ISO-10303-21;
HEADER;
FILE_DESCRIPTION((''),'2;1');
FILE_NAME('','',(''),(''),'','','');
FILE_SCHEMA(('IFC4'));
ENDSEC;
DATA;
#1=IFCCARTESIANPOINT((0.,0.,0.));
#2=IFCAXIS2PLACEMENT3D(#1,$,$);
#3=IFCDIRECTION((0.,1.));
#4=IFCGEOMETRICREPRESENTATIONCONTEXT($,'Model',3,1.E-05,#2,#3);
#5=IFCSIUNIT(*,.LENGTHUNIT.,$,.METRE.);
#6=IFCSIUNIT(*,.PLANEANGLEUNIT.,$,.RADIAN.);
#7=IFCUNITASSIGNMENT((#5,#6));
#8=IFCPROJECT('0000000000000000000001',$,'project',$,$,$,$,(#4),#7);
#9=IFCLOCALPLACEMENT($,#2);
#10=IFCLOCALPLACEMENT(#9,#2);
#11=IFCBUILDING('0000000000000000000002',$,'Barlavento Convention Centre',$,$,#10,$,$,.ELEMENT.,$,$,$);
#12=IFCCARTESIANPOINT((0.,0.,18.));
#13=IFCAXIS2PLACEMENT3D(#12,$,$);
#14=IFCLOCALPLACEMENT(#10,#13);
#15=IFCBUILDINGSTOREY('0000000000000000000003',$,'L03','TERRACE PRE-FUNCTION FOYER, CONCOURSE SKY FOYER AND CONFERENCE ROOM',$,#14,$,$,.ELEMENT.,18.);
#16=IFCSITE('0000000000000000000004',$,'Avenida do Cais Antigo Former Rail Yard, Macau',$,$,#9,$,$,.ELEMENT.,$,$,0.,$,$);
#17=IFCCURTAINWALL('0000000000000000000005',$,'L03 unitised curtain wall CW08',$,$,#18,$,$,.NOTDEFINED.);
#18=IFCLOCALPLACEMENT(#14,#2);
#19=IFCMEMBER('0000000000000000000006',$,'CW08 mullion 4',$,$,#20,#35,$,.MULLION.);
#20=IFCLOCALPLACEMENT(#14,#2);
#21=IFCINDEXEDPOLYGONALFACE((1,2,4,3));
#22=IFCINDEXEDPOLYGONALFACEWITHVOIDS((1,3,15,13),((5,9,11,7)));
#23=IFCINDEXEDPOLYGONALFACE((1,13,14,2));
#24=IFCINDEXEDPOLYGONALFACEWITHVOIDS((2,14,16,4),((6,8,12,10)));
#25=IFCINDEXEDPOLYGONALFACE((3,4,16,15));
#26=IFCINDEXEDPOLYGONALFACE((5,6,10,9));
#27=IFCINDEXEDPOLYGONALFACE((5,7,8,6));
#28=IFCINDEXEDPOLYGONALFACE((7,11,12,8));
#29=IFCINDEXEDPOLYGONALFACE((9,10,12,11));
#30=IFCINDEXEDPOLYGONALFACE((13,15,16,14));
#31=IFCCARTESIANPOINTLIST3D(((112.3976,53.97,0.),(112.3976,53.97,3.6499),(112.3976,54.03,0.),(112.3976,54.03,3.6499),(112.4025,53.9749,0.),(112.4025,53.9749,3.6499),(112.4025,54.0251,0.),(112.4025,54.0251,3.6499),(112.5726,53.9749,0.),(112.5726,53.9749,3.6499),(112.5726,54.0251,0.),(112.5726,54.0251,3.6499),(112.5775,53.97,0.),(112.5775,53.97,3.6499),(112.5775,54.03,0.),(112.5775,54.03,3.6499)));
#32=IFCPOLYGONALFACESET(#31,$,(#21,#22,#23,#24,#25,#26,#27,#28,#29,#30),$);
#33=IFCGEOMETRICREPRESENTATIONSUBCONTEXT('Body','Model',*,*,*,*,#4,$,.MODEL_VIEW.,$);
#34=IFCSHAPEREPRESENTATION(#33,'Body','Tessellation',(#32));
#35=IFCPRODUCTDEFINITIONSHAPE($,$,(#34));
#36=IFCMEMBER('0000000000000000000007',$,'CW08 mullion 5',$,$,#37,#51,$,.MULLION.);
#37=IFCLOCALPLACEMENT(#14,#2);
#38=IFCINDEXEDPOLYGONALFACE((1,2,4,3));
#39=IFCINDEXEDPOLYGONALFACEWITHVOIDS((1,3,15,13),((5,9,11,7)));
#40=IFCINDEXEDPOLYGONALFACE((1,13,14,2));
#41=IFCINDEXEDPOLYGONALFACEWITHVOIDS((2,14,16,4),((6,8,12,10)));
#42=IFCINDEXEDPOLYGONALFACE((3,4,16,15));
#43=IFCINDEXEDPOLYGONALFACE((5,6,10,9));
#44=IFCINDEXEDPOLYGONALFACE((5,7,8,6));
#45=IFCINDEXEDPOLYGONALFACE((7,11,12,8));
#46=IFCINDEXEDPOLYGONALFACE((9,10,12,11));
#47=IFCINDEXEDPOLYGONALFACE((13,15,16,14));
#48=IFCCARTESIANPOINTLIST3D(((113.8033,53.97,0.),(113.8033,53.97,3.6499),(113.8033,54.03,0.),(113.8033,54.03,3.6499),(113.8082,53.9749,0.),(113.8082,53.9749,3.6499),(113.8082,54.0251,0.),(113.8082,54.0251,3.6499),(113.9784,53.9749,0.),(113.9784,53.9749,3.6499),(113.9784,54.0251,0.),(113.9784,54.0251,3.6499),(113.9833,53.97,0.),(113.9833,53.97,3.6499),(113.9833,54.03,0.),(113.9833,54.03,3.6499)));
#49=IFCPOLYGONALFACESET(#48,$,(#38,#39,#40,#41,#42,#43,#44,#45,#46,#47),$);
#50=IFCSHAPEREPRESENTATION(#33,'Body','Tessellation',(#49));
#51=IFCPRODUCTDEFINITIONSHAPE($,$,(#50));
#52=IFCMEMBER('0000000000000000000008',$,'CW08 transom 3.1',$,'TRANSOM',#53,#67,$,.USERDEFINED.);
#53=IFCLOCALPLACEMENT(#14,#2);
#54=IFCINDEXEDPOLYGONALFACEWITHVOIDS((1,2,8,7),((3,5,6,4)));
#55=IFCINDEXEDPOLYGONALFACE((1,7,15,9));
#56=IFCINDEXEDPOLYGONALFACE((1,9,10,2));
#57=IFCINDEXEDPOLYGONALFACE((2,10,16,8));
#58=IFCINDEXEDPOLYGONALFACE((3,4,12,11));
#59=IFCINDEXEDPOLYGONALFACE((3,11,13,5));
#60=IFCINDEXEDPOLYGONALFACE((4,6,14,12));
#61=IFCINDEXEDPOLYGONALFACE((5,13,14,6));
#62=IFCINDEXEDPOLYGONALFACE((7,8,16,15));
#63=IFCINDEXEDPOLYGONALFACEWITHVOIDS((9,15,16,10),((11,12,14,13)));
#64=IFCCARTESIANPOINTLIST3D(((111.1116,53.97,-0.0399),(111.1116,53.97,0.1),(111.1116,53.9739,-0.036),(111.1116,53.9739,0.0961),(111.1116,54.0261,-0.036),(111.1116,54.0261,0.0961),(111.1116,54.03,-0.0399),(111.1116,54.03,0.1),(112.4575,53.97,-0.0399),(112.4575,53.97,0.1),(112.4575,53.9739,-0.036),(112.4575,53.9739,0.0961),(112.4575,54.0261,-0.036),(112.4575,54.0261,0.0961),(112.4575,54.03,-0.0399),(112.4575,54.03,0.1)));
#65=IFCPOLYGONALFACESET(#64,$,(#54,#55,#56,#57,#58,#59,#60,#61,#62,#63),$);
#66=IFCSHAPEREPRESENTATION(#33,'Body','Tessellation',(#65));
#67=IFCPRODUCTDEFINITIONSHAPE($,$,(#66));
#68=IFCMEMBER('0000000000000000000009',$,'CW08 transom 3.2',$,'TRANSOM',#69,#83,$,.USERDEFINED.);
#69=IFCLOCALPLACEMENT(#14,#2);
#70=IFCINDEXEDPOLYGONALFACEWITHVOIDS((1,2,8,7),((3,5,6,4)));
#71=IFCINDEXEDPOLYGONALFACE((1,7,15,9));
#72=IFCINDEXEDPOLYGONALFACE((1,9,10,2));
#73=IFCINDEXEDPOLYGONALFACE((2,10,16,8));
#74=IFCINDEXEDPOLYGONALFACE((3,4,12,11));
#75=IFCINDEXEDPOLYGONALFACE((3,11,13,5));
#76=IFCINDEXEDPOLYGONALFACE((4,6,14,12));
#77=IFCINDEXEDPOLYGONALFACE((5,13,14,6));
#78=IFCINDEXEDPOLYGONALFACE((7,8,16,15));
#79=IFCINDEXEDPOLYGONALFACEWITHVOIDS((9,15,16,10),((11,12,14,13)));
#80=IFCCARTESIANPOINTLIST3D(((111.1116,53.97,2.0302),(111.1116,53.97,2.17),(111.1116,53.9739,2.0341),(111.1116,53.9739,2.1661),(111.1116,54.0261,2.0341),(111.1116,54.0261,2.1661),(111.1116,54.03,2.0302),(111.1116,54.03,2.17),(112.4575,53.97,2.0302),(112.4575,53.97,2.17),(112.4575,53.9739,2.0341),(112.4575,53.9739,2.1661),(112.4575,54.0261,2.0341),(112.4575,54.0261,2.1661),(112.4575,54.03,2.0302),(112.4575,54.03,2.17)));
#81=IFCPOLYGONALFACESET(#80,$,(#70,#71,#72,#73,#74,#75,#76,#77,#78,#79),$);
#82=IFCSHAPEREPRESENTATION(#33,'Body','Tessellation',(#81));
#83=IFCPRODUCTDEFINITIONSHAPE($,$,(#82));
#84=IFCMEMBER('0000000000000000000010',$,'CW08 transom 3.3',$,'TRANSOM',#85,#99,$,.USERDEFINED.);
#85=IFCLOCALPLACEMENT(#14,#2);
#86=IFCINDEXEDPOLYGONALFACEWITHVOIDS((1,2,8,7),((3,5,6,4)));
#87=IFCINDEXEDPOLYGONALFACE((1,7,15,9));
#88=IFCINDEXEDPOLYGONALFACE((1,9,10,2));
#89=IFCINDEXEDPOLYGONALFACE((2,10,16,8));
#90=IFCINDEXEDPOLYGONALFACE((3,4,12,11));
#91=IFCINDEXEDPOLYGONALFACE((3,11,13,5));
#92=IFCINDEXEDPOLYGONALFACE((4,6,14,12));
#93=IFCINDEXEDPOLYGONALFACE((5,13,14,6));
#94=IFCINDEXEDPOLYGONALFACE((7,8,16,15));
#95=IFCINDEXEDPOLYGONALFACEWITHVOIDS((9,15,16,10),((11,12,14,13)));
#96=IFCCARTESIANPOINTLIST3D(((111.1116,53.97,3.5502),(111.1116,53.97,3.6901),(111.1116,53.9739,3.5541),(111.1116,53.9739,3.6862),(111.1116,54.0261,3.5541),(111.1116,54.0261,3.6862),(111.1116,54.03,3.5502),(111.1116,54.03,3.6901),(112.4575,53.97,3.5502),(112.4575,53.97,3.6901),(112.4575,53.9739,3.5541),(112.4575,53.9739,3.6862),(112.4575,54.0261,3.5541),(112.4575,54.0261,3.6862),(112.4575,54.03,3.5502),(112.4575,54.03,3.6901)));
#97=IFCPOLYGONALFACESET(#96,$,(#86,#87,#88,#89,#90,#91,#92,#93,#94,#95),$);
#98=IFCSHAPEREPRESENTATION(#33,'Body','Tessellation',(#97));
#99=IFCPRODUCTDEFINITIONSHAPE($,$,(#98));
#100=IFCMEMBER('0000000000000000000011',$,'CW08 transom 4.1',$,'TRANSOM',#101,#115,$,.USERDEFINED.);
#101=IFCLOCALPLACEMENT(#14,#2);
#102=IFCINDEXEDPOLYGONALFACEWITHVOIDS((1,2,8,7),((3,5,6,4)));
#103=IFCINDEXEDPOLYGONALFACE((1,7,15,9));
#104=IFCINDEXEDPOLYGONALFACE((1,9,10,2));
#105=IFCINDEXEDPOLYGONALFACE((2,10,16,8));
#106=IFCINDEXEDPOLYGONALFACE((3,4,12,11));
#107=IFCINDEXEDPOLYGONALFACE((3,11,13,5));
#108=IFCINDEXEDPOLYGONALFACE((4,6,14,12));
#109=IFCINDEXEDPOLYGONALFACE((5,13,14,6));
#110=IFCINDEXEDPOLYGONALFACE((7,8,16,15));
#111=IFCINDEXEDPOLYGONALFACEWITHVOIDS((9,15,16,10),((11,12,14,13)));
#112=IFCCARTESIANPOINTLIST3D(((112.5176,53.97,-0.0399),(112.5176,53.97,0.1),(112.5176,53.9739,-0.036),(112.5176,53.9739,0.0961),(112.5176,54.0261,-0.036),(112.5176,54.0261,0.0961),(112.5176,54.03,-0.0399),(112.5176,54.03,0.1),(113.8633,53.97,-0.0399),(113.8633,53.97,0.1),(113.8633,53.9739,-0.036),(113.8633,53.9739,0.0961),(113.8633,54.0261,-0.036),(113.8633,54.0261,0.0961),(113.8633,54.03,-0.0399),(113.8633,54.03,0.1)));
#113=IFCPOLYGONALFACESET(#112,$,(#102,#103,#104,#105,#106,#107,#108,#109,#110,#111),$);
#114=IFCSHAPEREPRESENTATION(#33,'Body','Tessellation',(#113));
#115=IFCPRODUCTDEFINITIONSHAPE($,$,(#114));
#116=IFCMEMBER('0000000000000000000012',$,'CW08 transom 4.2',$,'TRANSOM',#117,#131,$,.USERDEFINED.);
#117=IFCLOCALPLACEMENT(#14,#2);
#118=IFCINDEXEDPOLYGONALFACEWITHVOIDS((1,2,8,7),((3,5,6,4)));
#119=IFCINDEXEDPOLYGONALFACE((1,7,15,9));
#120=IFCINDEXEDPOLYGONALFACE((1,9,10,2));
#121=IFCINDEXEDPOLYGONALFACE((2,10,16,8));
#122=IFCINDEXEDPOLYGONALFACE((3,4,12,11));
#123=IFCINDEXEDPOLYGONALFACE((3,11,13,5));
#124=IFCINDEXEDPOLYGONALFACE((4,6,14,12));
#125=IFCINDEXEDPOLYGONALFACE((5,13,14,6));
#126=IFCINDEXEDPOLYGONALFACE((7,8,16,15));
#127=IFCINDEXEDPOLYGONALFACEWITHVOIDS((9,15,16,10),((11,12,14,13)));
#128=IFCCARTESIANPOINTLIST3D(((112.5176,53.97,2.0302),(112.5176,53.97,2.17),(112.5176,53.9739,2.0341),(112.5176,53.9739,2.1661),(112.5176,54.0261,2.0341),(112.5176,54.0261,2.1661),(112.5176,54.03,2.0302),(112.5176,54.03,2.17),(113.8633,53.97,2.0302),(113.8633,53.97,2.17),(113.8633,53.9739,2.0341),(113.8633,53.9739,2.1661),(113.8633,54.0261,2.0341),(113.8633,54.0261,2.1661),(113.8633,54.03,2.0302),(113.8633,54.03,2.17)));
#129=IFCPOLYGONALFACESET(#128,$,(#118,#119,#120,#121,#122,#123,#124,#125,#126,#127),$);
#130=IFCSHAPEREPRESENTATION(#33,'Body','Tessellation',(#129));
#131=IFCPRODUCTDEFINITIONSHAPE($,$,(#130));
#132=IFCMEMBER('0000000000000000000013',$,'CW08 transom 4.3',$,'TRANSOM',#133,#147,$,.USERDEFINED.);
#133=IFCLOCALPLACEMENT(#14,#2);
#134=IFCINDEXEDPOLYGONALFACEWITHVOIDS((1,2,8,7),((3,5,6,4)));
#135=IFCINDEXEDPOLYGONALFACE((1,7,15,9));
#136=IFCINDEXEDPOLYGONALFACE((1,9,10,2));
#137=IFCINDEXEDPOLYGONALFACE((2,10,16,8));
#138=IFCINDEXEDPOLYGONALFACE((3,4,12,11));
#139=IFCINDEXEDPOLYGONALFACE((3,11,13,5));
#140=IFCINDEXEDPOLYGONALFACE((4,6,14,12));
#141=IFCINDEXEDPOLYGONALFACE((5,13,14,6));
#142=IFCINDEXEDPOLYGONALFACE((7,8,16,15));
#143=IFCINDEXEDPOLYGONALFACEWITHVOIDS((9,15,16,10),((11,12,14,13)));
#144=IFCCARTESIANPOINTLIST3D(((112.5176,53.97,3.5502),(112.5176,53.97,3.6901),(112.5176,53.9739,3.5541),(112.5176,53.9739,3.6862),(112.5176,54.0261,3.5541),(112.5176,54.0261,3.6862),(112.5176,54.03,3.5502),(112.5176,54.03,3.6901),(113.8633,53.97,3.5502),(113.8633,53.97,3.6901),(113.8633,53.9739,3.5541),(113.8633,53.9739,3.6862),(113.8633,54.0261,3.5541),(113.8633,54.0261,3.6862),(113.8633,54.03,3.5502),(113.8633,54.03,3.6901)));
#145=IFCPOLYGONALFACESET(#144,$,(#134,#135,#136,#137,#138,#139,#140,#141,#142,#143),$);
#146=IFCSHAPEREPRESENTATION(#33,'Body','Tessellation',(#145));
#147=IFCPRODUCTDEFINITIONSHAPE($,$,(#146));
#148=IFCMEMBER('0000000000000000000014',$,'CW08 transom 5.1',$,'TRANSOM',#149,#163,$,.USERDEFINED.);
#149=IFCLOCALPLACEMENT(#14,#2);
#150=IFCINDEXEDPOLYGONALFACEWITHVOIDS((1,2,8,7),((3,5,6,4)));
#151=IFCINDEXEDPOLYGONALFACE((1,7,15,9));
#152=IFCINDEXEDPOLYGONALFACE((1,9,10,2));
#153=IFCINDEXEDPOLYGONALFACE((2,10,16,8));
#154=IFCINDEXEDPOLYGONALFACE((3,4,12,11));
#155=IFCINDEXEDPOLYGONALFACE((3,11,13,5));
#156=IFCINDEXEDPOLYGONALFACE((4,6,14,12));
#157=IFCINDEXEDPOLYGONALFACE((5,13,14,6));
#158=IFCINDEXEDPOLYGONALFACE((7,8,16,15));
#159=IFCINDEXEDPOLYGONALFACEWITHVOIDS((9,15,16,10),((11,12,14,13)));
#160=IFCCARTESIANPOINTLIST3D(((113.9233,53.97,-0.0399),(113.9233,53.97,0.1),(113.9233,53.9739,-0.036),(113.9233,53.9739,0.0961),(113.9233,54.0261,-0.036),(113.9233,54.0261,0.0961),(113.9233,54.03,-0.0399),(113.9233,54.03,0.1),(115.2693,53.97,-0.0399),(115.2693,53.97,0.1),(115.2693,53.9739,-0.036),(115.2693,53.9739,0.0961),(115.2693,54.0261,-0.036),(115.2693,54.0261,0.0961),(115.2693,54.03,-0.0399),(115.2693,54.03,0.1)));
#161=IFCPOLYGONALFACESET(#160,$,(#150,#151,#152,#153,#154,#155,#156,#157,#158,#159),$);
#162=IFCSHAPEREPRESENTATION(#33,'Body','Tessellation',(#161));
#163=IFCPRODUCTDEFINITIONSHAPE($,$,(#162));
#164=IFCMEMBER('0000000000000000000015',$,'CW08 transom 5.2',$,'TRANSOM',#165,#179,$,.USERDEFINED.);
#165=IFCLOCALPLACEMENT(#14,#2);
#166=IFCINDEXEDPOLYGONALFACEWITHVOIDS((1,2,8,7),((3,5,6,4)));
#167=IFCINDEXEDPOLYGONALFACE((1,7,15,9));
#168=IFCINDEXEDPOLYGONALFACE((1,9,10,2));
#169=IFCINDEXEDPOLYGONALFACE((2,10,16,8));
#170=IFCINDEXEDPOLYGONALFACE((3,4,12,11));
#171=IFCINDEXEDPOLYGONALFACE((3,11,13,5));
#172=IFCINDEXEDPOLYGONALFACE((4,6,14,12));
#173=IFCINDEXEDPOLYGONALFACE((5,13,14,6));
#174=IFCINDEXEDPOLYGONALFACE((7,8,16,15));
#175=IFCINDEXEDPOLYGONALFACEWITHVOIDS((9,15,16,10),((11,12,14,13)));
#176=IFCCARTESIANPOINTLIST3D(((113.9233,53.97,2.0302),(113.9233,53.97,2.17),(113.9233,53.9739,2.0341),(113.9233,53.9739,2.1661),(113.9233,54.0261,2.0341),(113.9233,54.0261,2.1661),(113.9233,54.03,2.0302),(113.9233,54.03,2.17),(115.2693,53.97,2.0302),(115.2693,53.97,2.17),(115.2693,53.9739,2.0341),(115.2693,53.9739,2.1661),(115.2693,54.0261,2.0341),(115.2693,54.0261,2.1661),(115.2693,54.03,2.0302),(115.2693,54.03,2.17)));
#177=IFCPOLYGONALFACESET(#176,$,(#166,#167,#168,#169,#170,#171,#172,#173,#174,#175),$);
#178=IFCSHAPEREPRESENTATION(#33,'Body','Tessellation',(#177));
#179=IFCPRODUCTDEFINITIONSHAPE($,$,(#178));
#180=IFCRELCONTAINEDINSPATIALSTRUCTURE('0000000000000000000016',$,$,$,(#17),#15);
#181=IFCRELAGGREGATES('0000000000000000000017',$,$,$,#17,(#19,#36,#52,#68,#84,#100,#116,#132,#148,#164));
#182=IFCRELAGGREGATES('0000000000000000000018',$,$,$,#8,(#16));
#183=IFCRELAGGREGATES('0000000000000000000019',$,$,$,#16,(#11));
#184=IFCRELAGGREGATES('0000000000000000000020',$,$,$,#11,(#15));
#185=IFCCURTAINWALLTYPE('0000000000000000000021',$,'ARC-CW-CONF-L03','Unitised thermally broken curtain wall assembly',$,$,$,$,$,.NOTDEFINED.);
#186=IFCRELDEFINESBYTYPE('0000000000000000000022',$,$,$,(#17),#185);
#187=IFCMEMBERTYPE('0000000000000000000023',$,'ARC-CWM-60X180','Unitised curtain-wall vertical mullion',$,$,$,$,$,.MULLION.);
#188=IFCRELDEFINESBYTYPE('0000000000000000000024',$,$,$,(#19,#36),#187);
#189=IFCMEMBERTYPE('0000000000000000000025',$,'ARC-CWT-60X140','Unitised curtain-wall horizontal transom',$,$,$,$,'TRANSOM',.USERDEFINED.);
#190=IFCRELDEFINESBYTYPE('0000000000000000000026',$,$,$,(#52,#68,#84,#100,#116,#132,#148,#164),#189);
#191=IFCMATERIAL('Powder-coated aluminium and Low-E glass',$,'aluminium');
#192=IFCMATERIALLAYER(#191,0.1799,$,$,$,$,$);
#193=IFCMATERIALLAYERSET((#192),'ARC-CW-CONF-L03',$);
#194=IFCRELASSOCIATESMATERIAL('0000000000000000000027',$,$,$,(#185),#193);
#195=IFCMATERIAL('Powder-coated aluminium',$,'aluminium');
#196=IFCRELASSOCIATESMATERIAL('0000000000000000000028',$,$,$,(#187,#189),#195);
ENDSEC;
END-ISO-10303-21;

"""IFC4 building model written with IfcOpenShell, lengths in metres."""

from ifc_helpers import new_model, si_unit, direction, frame, origin, origin_2d, place, context, subcontext, project, spatial, hollow_rectangle, extrude, material, layer, layer_set, material_profile, profile_set, type_object, element, aggregate, save


model = new_model("IFC4")

# Units and contexts
model_context = context("Model", 3, precision=1e-05, world=origin(), true_north=direction((0.0, 1.0)))
body_context = subcontext(model_context, "Body", "Model", "MODEL_VIEW")
ifc_project = project(units=[si_unit("LENGTHUNIT", "METRE"), si_unit("PLANEANGLEUNIT", "RADIAN")], contexts=[model_context])

# Site, building, storey
site_placement = place(None, origin())
site = spatial("IfcSite", under=ifc_project, at=site_placement, Name="Avenida do Cais Antigo Former Rail Yard, Macau", CompositionType="ELEMENT", RefElevation=0.0)
building_placement = place(site_placement, origin())
building = spatial("IfcBuilding", under=site, at=building_placement, Name="Barlavento Convention Centre", CompositionType="ELEMENT")
storey_placement = place(building_placement, frame((0.0, 0.0, 18.0)))
storey = spatial("IfcBuildingStorey", under=building, at=storey_placement, Name="L03", Description="TERRACE PRE-FUNCTION FOYER, CONCOURSE SKY FOYER AND CONFERENCE ROOM", CompositionType="ELEMENT", Elevation=18.0)

# Curtain wall, members
ifc_material_1 = material(Name="Powder-coated aluminium and Low-E glass", Category="aluminium")
ifc_layer_1 = layer(ifc_material_1, 0.1799)
ifc_layer_set_1 = layer_set([ifc_layer_1], Name="ARC-CW-CONF-L03")
curtain_wall_type = type_object("IfcCurtainWallType", Name="ARC-CW-CONF-L03", Description="Unitised thermally broken curtain wall assembly", PredefinedType="NOTDEFINED", material=ifc_layer_set_1)
curtain_wall_placement = place(storey_placement, origin())
curtain_wall = element("IfcCurtainWall", 1, at=curtain_wall_placement, inside=storey, type_object=curtain_wall_type, Name="L03 unitised curtain wall CW08", PredefinedType="NOTDEFINED")
ifc_material_2 = material(Name="Powder-coated aluminium", Category="aluminium")
ifc_material_profile_1 = material_profile(ifc_material_2, hollow_rectangle(XDim=0.0601, YDim=0.1799, WallThickness=0.0049, at=origin_2d()), Name="AL-MULL 60x180x5")
ifc_profile_set_1 = profile_set([ifc_material_profile_1], Name="Powder-coated aluminium")
member_type_1 = type_object("IfcMemberType", Name="ARC-CWM-60X180", Description="Unitised curtain-wall vertical mullion", PredefinedType="MULLION", material=ifc_profile_set_1)
member_1_placement = place(storey_placement, frame((112.4875, 54.0, 0.0), z_axis=(0.0, 0.0, 1.0), x_axis=(0.0, 1.0, 0.0)))
member_1 = element("IfcMember", 2, at=member_1_placement, type_object=member_type_1, Name="CW08 mullion 4", PredefinedType="MULLION", context=body_context, shape_type="SweptSolid", body=[
    extrude(hollow_rectangle(XDim=0.0601, YDim=0.1799, WallThickness=0.0049, at=origin_2d()), origin(), (0.0, 0.0, 1.0), 3.6499),
])
member_2_placement = place(storey_placement, frame((113.8933, 54.0, 0.0), z_axis=(0.0, 0.0, 1.0), x_axis=(0.0, 1.0, 0.0)))
member_2 = element("IfcMember", 3, at=member_2_placement, type_object=member_type_1, Name="CW08 mullion 5", PredefinedType="MULLION", context=body_context, shape_type="SweptSolid", body=[
    extrude(hollow_rectangle(XDim=0.0601, YDim=0.1799, WallThickness=0.0049, at=origin_2d()), origin(), (0.0, 0.0, 1.0), 3.6499),
])
ifc_material_profile_2 = material_profile(ifc_material_2, hollow_rectangle(XDim=0.0601, YDim=0.1399, WallThickness=0.0039, at=origin_2d()), Name="AL-TRAN 60x140x4")
ifc_profile_set_2 = profile_set([ifc_material_profile_2], Name="Powder-coated aluminium")
member_type_2 = type_object("IfcMemberType", Name="ARC-CWT-60X140", Description="Unitised curtain-wall horizontal transom", ElementType="TRANSOM", PredefinedType="USERDEFINED", material=ifc_profile_set_2)
member_3_placement = place(storey_placement, frame((111.1116, 54.0, 0.03), z_axis=(1.0, 0.0, 0.0), x_axis=(0.0, 1.0, 0.0)))
member_3 = element("IfcMember", 4, at=member_3_placement, type_object=member_type_2, Name="CW08 transom 3.1", ObjectType="TRANSOM", PredefinedType="USERDEFINED", context=body_context, shape_type="SweptSolid", body=[
    extrude(hollow_rectangle(XDim=0.0601, YDim=0.1399, WallThickness=0.0039, at=origin_2d()), origin(), (0.0, 0.0, 1.0), 1.3459),
])
member_4_placement = place(storey_placement, frame((111.1116, 54.0, 2.1001), z_axis=(1.0, 0.0, 0.0), x_axis=(0.0, 1.0, 0.0)))
member_4 = element("IfcMember", 5, at=member_4_placement, type_object=member_type_2, Name="CW08 transom 3.2", ObjectType="TRANSOM", PredefinedType="USERDEFINED", context=body_context, shape_type="SweptSolid", body=[
    extrude(hollow_rectangle(XDim=0.0601, YDim=0.1399, WallThickness=0.0039, at=origin_2d()), origin(), (0.0, 0.0, 1.0), 1.3459),
])
member_5_placement = place(storey_placement, frame((111.1116, 54.0, 3.6201), z_axis=(1.0, 0.0, 0.0), x_axis=(0.0, 1.0, 0.0)))
member_5 = element("IfcMember", 6, at=member_5_placement, type_object=member_type_2, Name="CW08 transom 3.3", ObjectType="TRANSOM", PredefinedType="USERDEFINED", context=body_context, shape_type="SweptSolid", body=[
    extrude(hollow_rectangle(XDim=0.0601, YDim=0.1399, WallThickness=0.0039, at=origin_2d()), origin(), (0.0, 0.0, 1.0), 1.3459),
])
member_6_placement = place(storey_placement, frame((112.5176, 54.0, 0.03), z_axis=(1.0, 0.0, 0.0), x_axis=(0.0, 1.0, 0.0)))
member_6 = element("IfcMember", 7, at=member_6_placement, type_object=member_type_2, Name="CW08 transom 4.1", ObjectType="TRANSOM", PredefinedType="USERDEFINED", context=body_context, shape_type="SweptSolid", body=[
    extrude(hollow_rectangle(XDim=0.0601, YDim=0.1399, WallThickness=0.0039, at=origin_2d()), origin(), (0.0, 0.0, 1.0), 1.3457),
])
member_7_placement = place(storey_placement, frame((112.5176, 54.0, 2.1001), z_axis=(1.0, 0.0, 0.0), x_axis=(0.0, 1.0, 0.0)))
member_7 = element("IfcMember", 8, at=member_7_placement, type_object=member_type_2, Name="CW08 transom 4.2", ObjectType="TRANSOM", PredefinedType="USERDEFINED", context=body_context, shape_type="SweptSolid", body=[
    extrude(hollow_rectangle(XDim=0.0601, YDim=0.1399, WallThickness=0.0039, at=origin_2d()), origin(), (0.0, 0.0, 1.0), 1.3457),
])
member_8_placement = place(storey_placement, frame((112.5176, 54.0, 3.6201), z_axis=(1.0, 0.0, 0.0), x_axis=(0.0, 1.0, 0.0)))
member_8 = element("IfcMember", 9, at=member_8_placement, type_object=member_type_2, Name="CW08 transom 4.3", ObjectType="TRANSOM", PredefinedType="USERDEFINED", context=body_context, shape_type="SweptSolid", body=[
    extrude(hollow_rectangle(XDim=0.0601, YDim=0.1399, WallThickness=0.0039, at=origin_2d()), origin(), (0.0, 0.0, 1.0), 1.3457),
])
member_9_placement = place(storey_placement, frame((113.9233, 54.0, 0.03), z_axis=(1.0, 0.0, 0.0), x_axis=(0.0, 1.0, 0.0)))
member_9 = element("IfcMember", 10, at=member_9_placement, type_object=member_type_2, Name="CW08 transom 5.1", ObjectType="TRANSOM", PredefinedType="USERDEFINED", context=body_context, shape_type="SweptSolid", body=[
    extrude(hollow_rectangle(XDim=0.0601, YDim=0.1399, WallThickness=0.0039, at=origin_2d()), origin(), (0.0, 0.0, 1.0), 1.3459),
])
member_10_placement = place(storey_placement, frame((113.9233, 54.0, 2.1001), z_axis=(1.0, 0.0, 0.0), x_axis=(0.0, 1.0, 0.0)))
member_10 = element("IfcMember", 11, at=member_10_placement, type_object=member_type_2, Name="CW08 transom 5.2", ObjectType="TRANSOM", PredefinedType="USERDEFINED", context=body_context, shape_type="SweptSolid", body=[
    extrude(hollow_rectangle(XDim=0.0601, YDim=0.1399, WallThickness=0.0039, at=origin_2d()), origin(), (0.0, 0.0, 1.0), 1.3459),
])

aggregate(curtain_wall, [member_1, member_2, member_3, member_4, member_5, member_6, member_7, member_8, member_9, member_10])

save(model, "model.ifc")
